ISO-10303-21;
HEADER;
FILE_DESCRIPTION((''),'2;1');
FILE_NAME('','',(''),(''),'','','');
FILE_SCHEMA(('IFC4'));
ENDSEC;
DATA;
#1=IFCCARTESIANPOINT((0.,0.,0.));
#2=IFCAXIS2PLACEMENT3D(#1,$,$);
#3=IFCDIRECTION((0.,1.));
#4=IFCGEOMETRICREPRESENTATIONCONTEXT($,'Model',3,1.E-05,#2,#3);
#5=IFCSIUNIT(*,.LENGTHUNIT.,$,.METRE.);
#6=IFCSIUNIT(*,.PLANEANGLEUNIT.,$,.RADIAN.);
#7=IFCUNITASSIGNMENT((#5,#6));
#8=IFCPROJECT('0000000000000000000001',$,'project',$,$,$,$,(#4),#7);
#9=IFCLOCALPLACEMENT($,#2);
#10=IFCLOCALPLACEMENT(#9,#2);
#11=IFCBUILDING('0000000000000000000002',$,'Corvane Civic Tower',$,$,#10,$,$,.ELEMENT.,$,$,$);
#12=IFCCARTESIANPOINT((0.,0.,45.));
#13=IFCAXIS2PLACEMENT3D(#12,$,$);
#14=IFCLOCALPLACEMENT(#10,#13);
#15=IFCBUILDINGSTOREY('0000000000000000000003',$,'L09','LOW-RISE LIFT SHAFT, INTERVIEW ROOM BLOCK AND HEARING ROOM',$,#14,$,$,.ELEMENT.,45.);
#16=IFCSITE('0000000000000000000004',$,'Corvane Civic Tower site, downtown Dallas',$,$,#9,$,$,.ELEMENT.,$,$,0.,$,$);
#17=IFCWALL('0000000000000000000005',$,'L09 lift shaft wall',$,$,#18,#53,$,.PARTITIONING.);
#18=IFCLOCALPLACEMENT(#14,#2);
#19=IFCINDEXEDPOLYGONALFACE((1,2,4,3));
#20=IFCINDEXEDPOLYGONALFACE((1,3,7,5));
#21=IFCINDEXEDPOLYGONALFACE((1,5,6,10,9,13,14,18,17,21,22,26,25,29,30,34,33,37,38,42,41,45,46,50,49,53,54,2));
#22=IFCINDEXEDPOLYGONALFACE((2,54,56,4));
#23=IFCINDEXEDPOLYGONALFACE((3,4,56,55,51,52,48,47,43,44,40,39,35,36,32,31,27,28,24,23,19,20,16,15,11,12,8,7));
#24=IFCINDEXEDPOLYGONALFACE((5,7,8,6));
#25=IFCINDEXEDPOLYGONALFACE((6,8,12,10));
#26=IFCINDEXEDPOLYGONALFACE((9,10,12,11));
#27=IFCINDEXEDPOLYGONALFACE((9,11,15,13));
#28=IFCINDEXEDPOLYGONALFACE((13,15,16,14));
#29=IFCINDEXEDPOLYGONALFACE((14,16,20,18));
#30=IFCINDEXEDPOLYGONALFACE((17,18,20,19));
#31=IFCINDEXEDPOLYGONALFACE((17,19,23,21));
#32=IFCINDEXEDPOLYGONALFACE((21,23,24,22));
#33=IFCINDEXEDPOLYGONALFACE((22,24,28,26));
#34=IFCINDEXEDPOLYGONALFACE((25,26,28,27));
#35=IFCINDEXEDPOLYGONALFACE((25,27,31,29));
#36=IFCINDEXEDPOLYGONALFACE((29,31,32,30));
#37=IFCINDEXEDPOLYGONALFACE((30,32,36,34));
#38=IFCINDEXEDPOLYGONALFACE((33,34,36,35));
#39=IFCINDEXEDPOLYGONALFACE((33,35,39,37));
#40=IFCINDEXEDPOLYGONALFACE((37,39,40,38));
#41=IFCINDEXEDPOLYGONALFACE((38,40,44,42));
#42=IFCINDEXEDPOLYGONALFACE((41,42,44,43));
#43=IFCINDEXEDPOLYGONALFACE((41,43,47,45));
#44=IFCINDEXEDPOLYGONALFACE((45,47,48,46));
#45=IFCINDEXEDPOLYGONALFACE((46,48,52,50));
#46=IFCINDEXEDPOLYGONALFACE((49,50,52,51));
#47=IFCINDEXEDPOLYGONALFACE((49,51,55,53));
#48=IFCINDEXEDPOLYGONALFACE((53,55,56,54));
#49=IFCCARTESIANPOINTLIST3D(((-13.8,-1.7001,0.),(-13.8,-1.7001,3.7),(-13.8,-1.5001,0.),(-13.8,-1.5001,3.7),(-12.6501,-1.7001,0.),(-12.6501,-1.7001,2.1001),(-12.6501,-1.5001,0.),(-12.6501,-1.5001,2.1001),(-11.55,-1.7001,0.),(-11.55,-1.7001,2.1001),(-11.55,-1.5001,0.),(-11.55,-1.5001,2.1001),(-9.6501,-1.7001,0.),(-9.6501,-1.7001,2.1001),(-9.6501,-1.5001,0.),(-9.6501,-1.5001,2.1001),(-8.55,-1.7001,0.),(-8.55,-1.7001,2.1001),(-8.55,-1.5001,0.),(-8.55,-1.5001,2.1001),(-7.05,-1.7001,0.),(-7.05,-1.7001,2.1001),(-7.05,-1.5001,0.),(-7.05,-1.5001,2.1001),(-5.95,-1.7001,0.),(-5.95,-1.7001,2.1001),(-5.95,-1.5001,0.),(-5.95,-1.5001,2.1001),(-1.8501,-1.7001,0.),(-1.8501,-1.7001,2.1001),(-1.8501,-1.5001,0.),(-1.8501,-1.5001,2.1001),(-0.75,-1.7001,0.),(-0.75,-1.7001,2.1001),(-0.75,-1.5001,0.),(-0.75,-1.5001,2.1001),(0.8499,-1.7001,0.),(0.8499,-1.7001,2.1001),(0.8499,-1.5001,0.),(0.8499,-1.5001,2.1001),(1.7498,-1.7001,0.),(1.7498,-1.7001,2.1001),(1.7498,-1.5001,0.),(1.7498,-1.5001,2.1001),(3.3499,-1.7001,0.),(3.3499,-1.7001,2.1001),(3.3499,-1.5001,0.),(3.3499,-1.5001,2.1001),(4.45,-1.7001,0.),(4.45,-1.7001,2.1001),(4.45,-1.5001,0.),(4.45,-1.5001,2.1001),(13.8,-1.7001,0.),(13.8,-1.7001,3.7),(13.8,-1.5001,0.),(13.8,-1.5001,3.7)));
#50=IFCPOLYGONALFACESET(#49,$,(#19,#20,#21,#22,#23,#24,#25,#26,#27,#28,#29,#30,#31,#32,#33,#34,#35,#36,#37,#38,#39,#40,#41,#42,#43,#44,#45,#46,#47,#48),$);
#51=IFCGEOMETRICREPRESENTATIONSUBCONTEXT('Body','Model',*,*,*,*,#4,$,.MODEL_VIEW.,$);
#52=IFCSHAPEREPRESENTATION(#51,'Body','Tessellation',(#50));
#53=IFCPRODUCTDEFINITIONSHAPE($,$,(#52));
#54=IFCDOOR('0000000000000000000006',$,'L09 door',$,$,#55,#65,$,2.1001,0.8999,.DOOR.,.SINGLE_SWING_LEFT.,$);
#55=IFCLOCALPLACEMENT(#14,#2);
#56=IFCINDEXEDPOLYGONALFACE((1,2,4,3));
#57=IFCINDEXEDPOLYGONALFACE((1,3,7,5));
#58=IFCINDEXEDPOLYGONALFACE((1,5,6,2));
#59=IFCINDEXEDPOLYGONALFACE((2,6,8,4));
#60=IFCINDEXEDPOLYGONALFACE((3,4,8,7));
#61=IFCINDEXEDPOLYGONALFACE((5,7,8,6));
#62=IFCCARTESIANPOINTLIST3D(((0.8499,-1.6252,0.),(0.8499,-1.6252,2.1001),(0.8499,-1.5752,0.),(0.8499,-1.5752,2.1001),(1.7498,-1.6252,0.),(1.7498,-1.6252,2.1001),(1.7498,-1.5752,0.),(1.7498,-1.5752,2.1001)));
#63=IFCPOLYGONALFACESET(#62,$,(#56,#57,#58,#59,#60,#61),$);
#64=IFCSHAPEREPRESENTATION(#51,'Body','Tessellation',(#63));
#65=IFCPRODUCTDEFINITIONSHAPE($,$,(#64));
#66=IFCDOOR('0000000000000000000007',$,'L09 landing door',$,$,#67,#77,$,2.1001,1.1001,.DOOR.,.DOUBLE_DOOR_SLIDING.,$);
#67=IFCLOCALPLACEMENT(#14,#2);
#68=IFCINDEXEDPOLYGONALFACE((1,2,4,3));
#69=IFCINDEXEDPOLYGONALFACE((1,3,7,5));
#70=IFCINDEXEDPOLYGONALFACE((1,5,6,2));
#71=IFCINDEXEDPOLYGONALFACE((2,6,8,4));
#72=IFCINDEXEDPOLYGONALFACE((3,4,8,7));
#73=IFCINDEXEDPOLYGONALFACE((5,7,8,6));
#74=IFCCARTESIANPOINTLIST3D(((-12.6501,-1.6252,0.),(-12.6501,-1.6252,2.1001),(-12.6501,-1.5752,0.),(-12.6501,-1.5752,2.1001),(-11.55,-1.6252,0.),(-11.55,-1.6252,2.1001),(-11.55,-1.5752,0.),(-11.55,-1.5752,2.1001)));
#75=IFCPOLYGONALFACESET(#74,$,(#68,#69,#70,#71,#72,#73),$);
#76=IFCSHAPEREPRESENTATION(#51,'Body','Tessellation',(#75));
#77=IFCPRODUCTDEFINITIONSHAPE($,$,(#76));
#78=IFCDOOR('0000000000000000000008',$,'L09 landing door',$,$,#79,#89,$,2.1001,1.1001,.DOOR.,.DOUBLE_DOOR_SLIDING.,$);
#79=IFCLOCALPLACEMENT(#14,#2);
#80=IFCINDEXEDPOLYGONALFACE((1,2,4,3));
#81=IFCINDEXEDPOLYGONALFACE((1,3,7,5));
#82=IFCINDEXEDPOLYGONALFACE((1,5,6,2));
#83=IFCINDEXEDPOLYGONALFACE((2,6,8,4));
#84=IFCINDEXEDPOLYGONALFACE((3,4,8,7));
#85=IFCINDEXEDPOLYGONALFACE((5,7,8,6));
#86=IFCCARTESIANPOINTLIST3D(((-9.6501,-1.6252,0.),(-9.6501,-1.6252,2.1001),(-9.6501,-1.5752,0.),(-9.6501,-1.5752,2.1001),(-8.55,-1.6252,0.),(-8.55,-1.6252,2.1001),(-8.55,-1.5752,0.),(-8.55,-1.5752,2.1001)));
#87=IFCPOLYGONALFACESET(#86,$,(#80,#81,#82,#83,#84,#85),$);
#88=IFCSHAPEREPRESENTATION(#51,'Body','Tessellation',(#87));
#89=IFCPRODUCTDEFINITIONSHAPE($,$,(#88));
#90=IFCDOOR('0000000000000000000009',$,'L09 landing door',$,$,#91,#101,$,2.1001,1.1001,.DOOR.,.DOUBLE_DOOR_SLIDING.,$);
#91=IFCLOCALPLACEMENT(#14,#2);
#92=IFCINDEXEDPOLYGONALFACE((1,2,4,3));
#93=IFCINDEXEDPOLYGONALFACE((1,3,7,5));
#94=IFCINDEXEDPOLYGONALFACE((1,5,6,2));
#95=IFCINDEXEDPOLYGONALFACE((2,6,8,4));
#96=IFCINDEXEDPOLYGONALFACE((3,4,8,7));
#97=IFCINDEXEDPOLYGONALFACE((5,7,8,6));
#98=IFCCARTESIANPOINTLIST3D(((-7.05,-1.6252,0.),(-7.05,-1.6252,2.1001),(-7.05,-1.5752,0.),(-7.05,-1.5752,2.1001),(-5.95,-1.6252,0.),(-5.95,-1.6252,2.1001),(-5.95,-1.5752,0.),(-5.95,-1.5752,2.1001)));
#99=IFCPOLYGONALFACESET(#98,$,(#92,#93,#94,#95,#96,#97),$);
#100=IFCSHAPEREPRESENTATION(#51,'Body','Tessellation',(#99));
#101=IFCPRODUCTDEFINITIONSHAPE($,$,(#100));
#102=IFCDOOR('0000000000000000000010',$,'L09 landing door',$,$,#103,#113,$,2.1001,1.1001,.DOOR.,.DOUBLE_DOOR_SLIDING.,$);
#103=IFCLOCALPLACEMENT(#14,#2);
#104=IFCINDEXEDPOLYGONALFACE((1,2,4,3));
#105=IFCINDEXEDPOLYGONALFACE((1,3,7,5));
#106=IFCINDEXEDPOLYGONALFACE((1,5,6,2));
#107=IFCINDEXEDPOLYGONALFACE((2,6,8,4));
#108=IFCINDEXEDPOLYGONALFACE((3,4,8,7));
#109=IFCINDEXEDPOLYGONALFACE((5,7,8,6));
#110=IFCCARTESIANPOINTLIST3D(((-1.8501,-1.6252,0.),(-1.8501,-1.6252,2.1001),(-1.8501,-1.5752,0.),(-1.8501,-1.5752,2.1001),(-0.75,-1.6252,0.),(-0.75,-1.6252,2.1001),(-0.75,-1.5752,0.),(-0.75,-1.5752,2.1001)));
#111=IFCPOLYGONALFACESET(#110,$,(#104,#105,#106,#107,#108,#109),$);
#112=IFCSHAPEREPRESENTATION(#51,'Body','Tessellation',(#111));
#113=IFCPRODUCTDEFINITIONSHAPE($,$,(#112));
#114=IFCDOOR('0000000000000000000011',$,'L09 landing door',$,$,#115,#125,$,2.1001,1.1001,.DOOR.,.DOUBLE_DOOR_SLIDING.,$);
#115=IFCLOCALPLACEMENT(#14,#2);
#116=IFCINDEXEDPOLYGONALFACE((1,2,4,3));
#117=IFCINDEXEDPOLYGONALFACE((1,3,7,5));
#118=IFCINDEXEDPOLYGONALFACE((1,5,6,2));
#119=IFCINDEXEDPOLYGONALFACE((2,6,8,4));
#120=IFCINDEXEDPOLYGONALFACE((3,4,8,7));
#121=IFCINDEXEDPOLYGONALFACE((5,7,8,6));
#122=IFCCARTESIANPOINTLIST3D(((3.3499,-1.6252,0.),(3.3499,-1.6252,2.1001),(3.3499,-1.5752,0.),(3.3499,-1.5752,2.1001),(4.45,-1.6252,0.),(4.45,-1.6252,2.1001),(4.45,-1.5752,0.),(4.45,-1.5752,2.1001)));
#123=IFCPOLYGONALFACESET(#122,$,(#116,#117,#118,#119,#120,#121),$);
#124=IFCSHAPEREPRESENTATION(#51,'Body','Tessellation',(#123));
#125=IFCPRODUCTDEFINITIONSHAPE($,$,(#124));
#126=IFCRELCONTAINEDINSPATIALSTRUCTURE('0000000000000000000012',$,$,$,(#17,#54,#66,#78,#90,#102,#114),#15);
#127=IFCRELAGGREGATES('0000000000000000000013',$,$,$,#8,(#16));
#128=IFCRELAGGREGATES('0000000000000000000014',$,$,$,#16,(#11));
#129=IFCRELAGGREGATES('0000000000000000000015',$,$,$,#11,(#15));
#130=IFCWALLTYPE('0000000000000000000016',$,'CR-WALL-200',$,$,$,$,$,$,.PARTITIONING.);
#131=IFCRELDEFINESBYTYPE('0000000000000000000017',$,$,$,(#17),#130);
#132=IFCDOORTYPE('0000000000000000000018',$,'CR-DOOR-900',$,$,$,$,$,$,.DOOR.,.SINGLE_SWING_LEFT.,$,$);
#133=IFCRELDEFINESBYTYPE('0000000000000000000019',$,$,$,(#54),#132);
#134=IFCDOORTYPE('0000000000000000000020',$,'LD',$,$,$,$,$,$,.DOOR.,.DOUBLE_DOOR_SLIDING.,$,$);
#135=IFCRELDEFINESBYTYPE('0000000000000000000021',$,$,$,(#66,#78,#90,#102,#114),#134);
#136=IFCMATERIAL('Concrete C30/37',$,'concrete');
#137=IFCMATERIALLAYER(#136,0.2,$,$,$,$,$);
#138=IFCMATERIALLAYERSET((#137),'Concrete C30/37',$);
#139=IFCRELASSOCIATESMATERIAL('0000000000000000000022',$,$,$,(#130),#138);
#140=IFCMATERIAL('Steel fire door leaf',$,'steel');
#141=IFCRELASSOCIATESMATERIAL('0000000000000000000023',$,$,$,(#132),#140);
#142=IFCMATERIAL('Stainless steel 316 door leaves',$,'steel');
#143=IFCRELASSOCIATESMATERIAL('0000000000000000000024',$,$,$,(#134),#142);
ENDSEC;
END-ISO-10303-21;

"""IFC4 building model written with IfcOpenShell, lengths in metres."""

from ifc_helpers import new_model, si_unit, direction, frame, frame_2d, origin, place, context, subcontext, project, spatial, rectangle, extrude, material, layer, layer_set, type_object, element, fill, save


model = new_model("IFC4")

# Units and contexts
model_context = context("Model", 3, precision=1e-05, world=origin(), true_north=direction((0.0, 1.0)))
body_context = subcontext(model_context, "Body", "Model", "MODEL_VIEW")
ifc_project = project(units=[si_unit("LENGTHUNIT", "METRE"), si_unit("PLANEANGLEUNIT", "RADIAN")], contexts=[model_context])

# Site, building, storey
site_placement = place(None, origin())
site = spatial("IfcSite", under=ifc_project, at=site_placement, Name="Corvane Civic Tower site, downtown Dallas", CompositionType="ELEMENT", RefElevation=0.0)
building_placement = place(site_placement, origin())
building = spatial("IfcBuilding", under=site, at=building_placement, Name="Corvane Civic Tower", CompositionType="ELEMENT")
storey_placement = place(building_placement, frame((0.0, 0.0, 45.0)))
storey = spatial("IfcBuildingStorey", under=building, at=storey_placement, Name="L09", Description="LOW-RISE LIFT SHAFT, INTERVIEW ROOM BLOCK AND HEARING ROOM", CompositionType="ELEMENT", Elevation=45.0)

# Wall, openings, doors
ifc_material_1 = material(Name="Concrete C30/37", Category="concrete")
ifc_layer = layer(ifc_material_1, 0.2)
ifc_layer_set = layer_set([ifc_layer], Name="Concrete C30/37")
wall_type = type_object("IfcWallType", Name="CR-WALL-200", PredefinedType="PARTITIONING", material=ifc_layer_set)
wall_1_placement = place(storey_placement, frame((-13.8, -1.6001, 0.0), z_axis=(0.0, 0.0, 1.0), x_axis=(1.0, 0.0, 0.0)))
wall_1 = element("IfcWall", 1, at=wall_1_placement, inside=storey, type_object=wall_type, Name="L09 lift shaft wall", PredefinedType="PARTITIONING", context=body_context, shape_type="SweptSolid", body=[
    extrude(rectangle(XDim=27.6001, YDim=0.2, at=frame_2d((13.8, 0.0))), origin(), (0.0, 0.0, 1.0), 3.7),
])
opening_1_placement = place(wall_1_placement, frame((1.1499, 0.0, 0.0)))
opening_1 = element("IfcOpeningElement", 2, at=opening_1_placement, cuts=wall_1, PredefinedType="OPENING", context=body_context, shape_type="SweptSolid", body=[
    extrude(rectangle(XDim=1.1001, YDim=2.1001, at=frame_2d((0.55, 1.05))), frame((0.0, 0.1099, 0.0), z_axis=(0.0, -1.0, 0.0), x_axis=(1.0, 0.0, 0.0)), (0.0, 0.0, 1.0), 0.22),
])
opening_2_placement = place(wall_1_placement, frame((4.1499, 0.0, 0.0)))
opening_2 = element("IfcOpeningElement", 3, at=opening_2_placement, cuts=wall_1, PredefinedType="OPENING", context=body_context, shape_type="SweptSolid", body=[
    extrude(rectangle(XDim=1.1001, YDim=2.1001, at=frame_2d((0.55, 1.05))), frame((0.0, 0.1099, 0.0), z_axis=(0.0, -1.0, 0.0), x_axis=(1.0, 0.0, 0.0)), (0.0, 0.0, 1.0), 0.22),
])
opening_3_placement = place(wall_1_placement, frame((6.75, 0.0, 0.0)))
opening_3 = element("IfcOpeningElement", 4, at=opening_3_placement, cuts=wall_1, PredefinedType="OPENING", context=body_context, shape_type="SweptSolid", body=[
    extrude(rectangle(XDim=1.1001, YDim=2.1001, at=frame_2d((0.55, 1.05))), frame((0.0, 0.1099, 0.0), z_axis=(0.0, -1.0, 0.0), x_axis=(1.0, 0.0, 0.0)), (0.0, 0.0, 1.0), 0.22),
])
opening_4_placement = place(wall_1_placement, frame((11.95, 0.0, 0.0)))
opening_4 = element("IfcOpeningElement", 5, at=opening_4_placement, cuts=wall_1, PredefinedType="OPENING", context=body_context, shape_type="SweptSolid", body=[
    extrude(rectangle(XDim=1.1001, YDim=2.1001, at=frame_2d((0.55, 1.05))), frame((0.0, 0.1099, 0.0), z_axis=(0.0, -1.0, 0.0), x_axis=(1.0, 0.0, 0.0)), (0.0, 0.0, 1.0), 0.22),
])
opening_5_placement = place(wall_1_placement, frame((14.6499, 0.0, 0.0)))
opening_5 = element("IfcOpeningElement", 6, at=opening_5_placement, cuts=wall_1, PredefinedType="OPENING", context=body_context, shape_type="SweptSolid", body=[
    extrude(rectangle(XDim=0.8999, YDim=2.1001, at=frame_2d((0.45, 1.05))), frame((0.0, 0.1099, 0.0), z_axis=(0.0, -1.0, 0.0), x_axis=(1.0, 0.0, 0.0)), (0.0, 0.0, 1.0), 0.22),
])
opening_6_placement = place(wall_1_placement, frame((17.1499, 0.0, 0.0)))
opening_6 = element("IfcOpeningElement", 7, at=opening_6_placement, cuts=wall_1, PredefinedType="OPENING", context=body_context, shape_type="SweptSolid", body=[
    extrude(rectangle(XDim=1.1001, YDim=2.1001, at=frame_2d((0.55, 1.05))), frame((0.0, 0.1099, 0.0), z_axis=(0.0, -1.0, 0.0), x_axis=(1.0, 0.0, 0.0)), (0.0, 0.0, 1.0), 0.22),
])
ifc_material_2 = material(Name="Steel fire door leaf", Category="steel")
door_type_1 = type_object("IfcDoorType", Name="CR-DOOR-900", OperationType="SINGLE_SWING_LEFT", PredefinedType="DOOR", material=ifc_material_2)
door_1_placement = place(opening_5_placement, origin())
door_1 = element("IfcDoor", 8, at=door_1_placement, inside=storey, type_object=door_type_1, Name="L09 door", OperationType="SINGLE_SWING_LEFT", OverallHeight=2.1001, OverallWidth=0.8999, PredefinedType="DOOR", context=body_context, shape_type="SweptSolid", body=[
    extrude(rectangle(XDim=0.8999, YDim=2.1001, at=frame_2d((0.45, 1.05))), frame((0.0, 0.0249, 0.0), z_axis=(0.0, -1.0, 0.0), x_axis=(1.0, 0.0, 0.0)), (0.0, 0.0, 1.0), 0.05),
])
fill(opening_5, door_1)
ifc_material_3 = material(Name="Stainless steel 316 door leaves", Category="steel")
door_type_2 = type_object("IfcDoorType", Name="LD", OperationType="DOUBLE_DOOR_SLIDING", PredefinedType="DOOR", material=ifc_material_3)
door_2_placement = place(opening_1_placement, origin())
door_2 = element("IfcDoor", 9, at=door_2_placement, inside=storey, type_object=door_type_2, Name="L09 landing door", OperationType="DOUBLE_DOOR_SLIDING", OverallHeight=2.1001, OverallWidth=1.1001, PredefinedType="DOOR", context=body_context, shape_type="SweptSolid", body=[
    extrude(rectangle(XDim=1.1001, YDim=2.1001, at=frame_2d((0.55, 1.05))), frame((0.0, 0.0249, 0.0), z_axis=(0.0, -1.0, 0.0), x_axis=(1.0, 0.0, 0.0)), (0.0, 0.0, 1.0), 0.05),
])
fill(opening_1, door_2)
door_3_placement = place(opening_2_placement, origin())
door_3 = element("IfcDoor", 10, at=door_3_placement, inside=storey, type_object=door_type_2, Name="L09 landing door", OperationType="DOUBLE_DOOR_SLIDING", OverallHeight=2.1001, OverallWidth=1.1001, PredefinedType="DOOR", context=body_context, shape_type="SweptSolid", body=[
    extrude(rectangle(XDim=1.1001, YDim=2.1001, at=frame_2d((0.55, 1.05))), frame((0.0, 0.0249, 0.0), z_axis=(0.0, -1.0, 0.0), x_axis=(1.0, 0.0, 0.0)), (0.0, 0.0, 1.0), 0.05),
])
fill(opening_2, door_3)
door_4_placement = place(opening_3_placement, origin())
door_4 = element("IfcDoor", 11, at=door_4_placement, inside=storey, type_object=door_type_2, Name="L09 landing door", OperationType="DOUBLE_DOOR_SLIDING", OverallHeight=2.1001, OverallWidth=1.1001, PredefinedType="DOOR", context=body_context, shape_type="SweptSolid", body=[
    extrude(rectangle(XDim=1.1001, YDim=2.1001, at=frame_2d((0.55, 1.05))), frame((0.0, 0.0249, 0.0), z_axis=(0.0, -1.0, 0.0), x_axis=(1.0, 0.0, 0.0)), (0.0, 0.0, 1.0), 0.05),
])
fill(opening_3, door_4)
door_5_placement = place(opening_4_placement, origin())
door_5 = element("IfcDoor", 12, at=door_5_placement, inside=storey, type_object=door_type_2, Name="L09 landing door", OperationType="DOUBLE_DOOR_SLIDING", OverallHeight=2.1001, OverallWidth=1.1001, PredefinedType="DOOR", context=body_context, shape_type="SweptSolid", body=[
    extrude(rectangle(XDim=1.1001, YDim=2.1001, at=frame_2d((0.55, 1.05))), frame((0.0, 0.0249, 0.0), z_axis=(0.0, -1.0, 0.0), x_axis=(1.0, 0.0, 0.0)), (0.0, 0.0, 1.0), 0.05),
])
fill(opening_4, door_5)
door_6_placement = place(opening_6_placement, origin())
door_6 = element("IfcDoor", 13, at=door_6_placement, inside=storey, type_object=door_type_2, Name="L09 landing door", OperationType="DOUBLE_DOOR_SLIDING", OverallHeight=2.1001, OverallWidth=1.1001, PredefinedType="DOOR", context=body_context, shape_type="SweptSolid", body=[
    extrude(rectangle(XDim=1.1001, YDim=2.1001, at=frame_2d((0.55, 1.05))), frame((0.0, 0.0249, 0.0), z_axis=(0.0, -1.0, 0.0), x_axis=(1.0, 0.0, 0.0)), (0.0, 0.0, 1.0), 0.05),
])
fill(opening_6, door_6)

save(model, "model.ifc")
